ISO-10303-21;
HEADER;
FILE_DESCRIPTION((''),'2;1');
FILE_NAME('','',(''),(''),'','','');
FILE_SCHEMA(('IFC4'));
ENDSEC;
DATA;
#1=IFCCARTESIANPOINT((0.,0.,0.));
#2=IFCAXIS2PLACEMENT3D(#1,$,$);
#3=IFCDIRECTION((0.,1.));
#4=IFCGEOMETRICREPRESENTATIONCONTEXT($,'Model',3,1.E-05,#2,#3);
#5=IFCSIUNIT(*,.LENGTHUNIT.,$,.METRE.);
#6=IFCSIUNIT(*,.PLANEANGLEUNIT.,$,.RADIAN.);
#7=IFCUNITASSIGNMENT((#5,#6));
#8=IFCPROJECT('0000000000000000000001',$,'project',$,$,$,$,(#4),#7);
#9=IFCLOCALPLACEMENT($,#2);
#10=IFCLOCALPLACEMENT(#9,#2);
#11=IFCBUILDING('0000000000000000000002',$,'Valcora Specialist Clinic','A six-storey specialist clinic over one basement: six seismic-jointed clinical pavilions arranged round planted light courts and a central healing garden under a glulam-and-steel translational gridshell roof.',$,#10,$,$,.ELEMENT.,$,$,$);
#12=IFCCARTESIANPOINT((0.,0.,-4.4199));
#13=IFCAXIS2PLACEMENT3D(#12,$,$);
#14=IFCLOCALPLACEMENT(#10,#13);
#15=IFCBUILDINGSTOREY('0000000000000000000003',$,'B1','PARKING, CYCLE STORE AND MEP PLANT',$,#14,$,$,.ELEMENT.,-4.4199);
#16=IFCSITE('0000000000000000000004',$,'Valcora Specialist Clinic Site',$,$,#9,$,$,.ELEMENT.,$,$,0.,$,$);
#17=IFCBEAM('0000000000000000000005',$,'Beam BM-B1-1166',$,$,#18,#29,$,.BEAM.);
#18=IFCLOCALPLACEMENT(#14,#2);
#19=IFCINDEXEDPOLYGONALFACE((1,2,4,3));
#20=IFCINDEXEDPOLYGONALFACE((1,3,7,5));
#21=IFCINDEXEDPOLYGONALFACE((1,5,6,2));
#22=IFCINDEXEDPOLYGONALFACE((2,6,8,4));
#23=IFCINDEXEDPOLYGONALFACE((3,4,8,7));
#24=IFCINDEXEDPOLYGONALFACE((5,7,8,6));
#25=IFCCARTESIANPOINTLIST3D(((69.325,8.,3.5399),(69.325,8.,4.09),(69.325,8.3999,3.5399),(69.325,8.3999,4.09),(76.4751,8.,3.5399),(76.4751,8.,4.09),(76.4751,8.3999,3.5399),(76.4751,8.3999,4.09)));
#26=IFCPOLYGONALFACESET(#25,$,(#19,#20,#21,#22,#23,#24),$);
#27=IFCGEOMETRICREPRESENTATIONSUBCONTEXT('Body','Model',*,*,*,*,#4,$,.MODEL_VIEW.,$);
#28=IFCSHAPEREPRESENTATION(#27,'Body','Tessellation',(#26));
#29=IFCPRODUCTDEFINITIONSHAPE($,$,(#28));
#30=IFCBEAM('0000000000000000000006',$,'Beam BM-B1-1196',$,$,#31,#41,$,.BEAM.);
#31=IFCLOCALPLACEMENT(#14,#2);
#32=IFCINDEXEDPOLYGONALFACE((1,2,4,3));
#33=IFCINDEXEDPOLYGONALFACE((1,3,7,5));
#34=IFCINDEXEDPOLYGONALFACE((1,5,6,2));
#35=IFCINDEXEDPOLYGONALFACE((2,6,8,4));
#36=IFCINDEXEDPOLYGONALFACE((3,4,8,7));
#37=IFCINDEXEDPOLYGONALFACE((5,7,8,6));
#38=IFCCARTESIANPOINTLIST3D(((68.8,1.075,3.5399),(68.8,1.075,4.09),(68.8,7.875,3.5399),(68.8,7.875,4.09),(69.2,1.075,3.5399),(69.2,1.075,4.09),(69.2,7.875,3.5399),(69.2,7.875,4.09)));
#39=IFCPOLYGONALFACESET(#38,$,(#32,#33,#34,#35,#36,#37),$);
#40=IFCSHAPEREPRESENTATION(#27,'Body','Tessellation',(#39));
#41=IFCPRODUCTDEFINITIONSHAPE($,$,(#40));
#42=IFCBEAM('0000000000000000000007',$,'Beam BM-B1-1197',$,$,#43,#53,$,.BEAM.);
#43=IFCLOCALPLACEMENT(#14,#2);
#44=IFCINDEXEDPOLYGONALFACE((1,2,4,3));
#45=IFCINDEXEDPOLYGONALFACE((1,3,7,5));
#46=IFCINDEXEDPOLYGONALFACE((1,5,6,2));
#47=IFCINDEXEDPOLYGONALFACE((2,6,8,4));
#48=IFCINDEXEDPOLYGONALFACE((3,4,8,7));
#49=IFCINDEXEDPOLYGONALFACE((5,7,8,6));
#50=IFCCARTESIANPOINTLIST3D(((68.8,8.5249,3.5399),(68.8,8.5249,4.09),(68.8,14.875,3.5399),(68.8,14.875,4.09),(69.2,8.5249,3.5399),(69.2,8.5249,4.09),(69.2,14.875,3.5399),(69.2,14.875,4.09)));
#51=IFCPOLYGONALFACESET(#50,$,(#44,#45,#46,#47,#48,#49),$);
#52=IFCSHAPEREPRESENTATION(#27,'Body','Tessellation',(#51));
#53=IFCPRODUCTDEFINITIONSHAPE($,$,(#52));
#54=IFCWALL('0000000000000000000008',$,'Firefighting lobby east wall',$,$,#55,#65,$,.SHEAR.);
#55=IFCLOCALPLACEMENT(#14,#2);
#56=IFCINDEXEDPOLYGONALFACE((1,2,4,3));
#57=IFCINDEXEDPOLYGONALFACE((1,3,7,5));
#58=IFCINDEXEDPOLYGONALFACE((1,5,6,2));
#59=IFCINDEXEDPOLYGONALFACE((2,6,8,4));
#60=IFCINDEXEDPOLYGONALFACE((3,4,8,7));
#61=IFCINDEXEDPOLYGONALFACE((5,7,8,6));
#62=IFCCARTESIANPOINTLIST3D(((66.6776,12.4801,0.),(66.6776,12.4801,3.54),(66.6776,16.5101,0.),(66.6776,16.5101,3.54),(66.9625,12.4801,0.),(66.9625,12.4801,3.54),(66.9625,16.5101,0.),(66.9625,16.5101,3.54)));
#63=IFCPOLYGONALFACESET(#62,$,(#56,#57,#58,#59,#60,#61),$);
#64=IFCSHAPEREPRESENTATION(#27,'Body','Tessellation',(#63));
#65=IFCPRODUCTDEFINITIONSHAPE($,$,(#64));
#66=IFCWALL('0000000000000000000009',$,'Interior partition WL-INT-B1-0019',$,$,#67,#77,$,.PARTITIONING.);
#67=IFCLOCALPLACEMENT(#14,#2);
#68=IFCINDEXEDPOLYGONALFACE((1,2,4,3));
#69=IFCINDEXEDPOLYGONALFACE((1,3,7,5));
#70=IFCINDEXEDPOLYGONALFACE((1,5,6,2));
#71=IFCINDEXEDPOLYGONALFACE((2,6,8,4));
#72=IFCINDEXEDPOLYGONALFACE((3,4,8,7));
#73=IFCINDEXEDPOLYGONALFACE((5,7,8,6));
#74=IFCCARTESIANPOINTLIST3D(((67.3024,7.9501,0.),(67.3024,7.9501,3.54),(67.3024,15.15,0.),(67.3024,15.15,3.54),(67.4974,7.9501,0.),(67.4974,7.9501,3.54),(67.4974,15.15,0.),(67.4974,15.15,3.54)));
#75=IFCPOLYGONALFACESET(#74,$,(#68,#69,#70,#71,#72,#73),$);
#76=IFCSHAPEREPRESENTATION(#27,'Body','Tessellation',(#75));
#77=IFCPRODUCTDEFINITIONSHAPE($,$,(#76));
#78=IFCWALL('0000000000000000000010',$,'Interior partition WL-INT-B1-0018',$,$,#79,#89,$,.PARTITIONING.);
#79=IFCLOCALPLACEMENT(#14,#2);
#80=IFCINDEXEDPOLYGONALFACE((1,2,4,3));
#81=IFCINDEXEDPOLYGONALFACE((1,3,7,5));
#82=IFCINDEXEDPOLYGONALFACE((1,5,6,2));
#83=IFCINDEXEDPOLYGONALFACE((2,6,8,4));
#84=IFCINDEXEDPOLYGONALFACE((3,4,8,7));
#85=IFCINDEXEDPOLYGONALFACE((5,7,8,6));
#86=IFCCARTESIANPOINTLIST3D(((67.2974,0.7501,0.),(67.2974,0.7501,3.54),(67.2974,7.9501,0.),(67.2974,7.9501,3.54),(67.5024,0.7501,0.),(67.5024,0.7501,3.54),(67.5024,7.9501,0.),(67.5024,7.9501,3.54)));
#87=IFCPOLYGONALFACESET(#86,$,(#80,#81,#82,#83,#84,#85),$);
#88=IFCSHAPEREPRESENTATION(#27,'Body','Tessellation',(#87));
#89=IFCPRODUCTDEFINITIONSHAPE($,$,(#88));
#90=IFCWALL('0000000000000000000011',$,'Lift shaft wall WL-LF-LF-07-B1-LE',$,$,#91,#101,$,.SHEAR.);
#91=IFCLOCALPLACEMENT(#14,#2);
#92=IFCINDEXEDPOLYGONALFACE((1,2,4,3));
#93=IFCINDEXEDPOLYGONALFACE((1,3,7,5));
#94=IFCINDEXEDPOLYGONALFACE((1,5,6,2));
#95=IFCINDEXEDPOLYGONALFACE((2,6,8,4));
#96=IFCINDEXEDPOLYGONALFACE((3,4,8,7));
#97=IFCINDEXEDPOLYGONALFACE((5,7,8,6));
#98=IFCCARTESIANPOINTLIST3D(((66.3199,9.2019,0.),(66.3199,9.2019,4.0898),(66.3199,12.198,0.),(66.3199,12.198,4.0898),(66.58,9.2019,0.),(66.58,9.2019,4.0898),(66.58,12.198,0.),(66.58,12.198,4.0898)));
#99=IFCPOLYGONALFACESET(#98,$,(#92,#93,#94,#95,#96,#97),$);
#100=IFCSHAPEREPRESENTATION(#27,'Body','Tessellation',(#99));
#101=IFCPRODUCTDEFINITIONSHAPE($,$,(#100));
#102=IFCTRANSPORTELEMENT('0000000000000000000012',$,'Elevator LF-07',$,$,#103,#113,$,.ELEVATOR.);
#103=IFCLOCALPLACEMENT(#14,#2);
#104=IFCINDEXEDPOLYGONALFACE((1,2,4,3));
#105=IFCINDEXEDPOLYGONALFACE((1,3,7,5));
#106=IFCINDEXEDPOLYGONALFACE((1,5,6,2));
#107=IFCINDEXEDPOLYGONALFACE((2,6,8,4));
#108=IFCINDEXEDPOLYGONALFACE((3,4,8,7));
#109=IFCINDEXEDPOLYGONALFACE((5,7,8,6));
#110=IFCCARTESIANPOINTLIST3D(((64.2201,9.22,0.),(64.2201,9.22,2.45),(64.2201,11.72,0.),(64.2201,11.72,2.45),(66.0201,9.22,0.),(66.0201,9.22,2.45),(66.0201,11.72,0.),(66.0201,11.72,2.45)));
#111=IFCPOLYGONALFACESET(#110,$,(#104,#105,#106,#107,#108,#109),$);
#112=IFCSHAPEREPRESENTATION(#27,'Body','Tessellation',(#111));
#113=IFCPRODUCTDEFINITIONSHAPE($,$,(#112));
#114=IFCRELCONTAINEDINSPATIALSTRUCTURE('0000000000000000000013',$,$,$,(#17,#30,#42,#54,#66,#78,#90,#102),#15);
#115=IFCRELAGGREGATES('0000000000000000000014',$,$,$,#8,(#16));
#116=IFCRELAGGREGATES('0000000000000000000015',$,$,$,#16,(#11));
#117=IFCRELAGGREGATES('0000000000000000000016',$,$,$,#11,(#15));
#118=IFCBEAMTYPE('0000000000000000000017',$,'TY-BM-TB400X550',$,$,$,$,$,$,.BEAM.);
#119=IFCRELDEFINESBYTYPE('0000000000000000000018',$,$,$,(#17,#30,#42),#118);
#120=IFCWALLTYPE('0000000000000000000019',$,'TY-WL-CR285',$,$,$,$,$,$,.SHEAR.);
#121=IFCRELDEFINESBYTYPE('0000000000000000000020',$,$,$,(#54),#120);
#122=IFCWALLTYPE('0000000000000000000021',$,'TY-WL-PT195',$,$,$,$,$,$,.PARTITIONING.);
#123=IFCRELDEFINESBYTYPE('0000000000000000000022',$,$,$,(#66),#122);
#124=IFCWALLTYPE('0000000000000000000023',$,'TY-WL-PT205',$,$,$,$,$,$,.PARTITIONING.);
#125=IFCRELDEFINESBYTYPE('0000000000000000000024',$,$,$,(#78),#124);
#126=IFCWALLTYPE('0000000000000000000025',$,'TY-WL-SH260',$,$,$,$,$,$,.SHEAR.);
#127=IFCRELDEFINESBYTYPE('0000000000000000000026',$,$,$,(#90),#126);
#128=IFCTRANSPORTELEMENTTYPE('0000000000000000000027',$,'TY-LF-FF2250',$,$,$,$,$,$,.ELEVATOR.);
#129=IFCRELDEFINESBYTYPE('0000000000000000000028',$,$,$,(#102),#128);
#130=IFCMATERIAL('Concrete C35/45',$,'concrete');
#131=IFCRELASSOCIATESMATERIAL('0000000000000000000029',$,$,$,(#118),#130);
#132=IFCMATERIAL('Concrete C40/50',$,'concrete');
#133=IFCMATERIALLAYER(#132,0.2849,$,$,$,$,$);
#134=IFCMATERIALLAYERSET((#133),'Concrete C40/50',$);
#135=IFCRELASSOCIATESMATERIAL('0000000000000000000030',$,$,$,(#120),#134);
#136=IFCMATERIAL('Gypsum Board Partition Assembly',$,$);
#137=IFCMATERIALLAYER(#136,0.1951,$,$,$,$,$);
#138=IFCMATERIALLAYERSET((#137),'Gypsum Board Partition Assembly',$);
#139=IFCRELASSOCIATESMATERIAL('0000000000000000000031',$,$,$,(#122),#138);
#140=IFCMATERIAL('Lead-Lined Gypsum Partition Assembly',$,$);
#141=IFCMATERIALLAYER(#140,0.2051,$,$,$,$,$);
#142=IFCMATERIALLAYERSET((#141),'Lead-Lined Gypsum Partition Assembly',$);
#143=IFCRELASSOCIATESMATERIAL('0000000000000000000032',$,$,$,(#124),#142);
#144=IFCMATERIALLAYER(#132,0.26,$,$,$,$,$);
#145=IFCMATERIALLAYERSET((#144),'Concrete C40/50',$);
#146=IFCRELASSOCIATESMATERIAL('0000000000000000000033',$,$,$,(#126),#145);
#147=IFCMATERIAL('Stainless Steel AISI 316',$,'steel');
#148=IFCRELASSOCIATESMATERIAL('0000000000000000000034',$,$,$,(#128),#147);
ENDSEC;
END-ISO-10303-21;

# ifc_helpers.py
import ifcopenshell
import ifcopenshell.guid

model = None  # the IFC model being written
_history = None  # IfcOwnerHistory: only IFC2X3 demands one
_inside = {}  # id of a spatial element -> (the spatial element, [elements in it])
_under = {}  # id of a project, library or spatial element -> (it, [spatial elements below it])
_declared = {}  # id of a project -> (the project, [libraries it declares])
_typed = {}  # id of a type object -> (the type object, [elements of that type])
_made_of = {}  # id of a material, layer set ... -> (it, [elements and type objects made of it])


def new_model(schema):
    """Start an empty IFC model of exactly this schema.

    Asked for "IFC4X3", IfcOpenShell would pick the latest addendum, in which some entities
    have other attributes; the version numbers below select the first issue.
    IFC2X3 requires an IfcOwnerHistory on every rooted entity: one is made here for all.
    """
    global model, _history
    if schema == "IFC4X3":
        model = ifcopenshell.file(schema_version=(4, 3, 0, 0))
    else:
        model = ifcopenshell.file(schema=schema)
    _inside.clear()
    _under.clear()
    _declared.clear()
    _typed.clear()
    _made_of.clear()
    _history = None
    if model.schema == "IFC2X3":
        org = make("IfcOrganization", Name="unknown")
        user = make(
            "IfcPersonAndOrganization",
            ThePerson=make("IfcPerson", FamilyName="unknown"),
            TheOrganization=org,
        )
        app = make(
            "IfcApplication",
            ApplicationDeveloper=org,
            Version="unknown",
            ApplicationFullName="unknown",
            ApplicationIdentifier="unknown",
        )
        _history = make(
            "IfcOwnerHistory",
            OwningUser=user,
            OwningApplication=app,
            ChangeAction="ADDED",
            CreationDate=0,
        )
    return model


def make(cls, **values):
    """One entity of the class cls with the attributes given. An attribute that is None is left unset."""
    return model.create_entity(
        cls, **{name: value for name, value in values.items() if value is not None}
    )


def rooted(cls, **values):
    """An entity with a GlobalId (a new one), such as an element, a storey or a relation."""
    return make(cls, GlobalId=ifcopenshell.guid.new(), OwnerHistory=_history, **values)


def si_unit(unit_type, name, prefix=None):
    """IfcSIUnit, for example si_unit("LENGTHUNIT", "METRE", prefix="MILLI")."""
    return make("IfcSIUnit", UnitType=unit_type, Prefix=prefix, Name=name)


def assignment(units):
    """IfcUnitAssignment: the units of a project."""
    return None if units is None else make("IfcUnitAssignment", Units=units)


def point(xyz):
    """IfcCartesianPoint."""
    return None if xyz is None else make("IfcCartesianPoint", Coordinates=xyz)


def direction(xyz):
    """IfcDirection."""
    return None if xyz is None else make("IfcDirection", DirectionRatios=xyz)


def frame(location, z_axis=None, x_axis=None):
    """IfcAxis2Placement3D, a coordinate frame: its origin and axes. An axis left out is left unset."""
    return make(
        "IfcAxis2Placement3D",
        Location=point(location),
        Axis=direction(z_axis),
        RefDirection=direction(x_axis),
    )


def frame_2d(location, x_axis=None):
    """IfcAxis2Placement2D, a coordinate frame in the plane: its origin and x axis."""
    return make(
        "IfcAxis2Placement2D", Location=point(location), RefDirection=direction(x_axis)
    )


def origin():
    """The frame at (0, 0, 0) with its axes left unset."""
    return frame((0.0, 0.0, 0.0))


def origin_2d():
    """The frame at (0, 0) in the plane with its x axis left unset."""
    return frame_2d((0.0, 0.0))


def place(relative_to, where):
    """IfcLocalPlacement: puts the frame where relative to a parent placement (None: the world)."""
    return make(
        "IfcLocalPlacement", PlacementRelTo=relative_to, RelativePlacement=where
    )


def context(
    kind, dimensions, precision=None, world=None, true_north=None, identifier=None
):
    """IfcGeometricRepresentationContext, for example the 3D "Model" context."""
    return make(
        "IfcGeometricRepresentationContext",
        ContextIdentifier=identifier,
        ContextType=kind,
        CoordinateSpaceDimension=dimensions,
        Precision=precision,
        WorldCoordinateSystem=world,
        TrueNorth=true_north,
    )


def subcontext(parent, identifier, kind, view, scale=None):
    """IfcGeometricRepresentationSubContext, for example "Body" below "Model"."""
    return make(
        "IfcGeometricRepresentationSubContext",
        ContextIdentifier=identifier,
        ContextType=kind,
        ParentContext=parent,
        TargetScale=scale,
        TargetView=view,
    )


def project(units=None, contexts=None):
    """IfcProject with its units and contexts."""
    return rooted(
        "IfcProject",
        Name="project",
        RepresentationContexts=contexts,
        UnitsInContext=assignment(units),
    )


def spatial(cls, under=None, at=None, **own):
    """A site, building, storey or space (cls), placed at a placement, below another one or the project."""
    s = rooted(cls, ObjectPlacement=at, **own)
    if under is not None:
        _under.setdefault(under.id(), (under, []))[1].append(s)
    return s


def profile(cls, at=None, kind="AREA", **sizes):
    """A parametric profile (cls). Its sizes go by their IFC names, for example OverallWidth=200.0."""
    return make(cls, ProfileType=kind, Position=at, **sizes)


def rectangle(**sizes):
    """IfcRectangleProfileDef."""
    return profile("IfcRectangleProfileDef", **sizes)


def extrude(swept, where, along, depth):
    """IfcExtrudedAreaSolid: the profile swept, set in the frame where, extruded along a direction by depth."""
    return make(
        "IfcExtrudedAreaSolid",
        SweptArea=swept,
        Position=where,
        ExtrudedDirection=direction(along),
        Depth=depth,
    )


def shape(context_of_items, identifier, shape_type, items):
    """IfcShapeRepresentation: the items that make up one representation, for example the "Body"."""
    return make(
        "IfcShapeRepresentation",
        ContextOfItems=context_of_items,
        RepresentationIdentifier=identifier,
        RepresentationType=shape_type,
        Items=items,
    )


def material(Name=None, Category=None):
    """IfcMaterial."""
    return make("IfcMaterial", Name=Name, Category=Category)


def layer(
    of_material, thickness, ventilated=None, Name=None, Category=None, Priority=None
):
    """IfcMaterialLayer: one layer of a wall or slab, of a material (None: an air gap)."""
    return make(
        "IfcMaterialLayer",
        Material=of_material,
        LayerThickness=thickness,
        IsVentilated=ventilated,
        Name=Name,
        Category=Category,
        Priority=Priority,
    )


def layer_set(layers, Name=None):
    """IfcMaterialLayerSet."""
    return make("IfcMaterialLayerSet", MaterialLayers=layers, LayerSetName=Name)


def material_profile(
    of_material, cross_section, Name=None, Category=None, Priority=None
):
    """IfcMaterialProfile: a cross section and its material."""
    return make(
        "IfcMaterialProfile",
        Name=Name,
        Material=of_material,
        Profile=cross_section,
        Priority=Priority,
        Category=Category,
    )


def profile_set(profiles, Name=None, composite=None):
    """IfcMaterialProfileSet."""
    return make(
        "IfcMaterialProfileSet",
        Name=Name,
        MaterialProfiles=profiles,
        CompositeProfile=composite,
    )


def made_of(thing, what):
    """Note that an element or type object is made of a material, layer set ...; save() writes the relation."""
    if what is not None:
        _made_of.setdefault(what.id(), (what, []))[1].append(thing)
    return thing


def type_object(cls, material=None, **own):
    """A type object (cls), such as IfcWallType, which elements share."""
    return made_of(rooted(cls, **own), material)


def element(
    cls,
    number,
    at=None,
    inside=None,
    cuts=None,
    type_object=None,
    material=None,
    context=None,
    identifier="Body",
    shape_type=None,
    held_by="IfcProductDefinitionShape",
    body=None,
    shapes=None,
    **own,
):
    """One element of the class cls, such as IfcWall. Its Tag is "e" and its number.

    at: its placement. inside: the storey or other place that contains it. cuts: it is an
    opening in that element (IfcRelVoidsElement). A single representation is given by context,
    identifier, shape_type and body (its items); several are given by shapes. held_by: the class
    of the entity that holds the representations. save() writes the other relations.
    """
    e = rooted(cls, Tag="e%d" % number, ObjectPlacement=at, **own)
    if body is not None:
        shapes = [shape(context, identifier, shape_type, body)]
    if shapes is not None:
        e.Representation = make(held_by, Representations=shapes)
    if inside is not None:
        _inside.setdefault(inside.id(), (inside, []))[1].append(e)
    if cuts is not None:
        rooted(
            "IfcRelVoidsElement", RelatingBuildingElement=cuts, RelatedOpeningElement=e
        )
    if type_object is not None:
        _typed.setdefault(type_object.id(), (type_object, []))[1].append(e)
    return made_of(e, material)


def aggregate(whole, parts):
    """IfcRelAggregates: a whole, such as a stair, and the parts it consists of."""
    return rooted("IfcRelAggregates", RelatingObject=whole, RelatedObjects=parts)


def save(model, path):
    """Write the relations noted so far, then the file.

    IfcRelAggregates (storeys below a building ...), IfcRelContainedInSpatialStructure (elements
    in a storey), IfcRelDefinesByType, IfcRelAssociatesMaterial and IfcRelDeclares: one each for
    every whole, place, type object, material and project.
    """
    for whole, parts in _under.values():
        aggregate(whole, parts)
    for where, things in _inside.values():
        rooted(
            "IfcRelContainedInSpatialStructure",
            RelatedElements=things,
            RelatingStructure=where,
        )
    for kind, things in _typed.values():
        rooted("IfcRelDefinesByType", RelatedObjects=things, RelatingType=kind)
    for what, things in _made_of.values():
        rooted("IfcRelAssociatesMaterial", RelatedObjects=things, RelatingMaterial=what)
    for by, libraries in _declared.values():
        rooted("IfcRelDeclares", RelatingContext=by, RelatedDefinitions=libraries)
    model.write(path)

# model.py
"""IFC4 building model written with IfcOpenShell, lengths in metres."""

from ifc_helpers import new_model, si_unit, direction, frame, frame_2d, origin, origin_2d, place, context, subcontext, project, spatial, rectangle, extrude, material, layer, layer_set, material_profile, profile_set, type_object, element, save


model = new_model("IFC4")

# Units and contexts
model_context = context("Model", 3, precision=1e-05, world=origin(), true_north=direction((0.0, 1.0)))
body_context = subcontext(model_context, "Body", "Model", "MODEL_VIEW")
ifc_project = project(units=[si_unit("LENGTHUNIT", "METRE"), si_unit("PLANEANGLEUNIT", "RADIAN")], contexts=[model_context])

# Site, building, storey
site_placement = place(None, origin())
site = spatial("IfcSite", under=ifc_project, at=site_placement, Name="Valcora Specialist Clinic Site", CompositionType="ELEMENT", RefElevation=0.0)
building_placement = place(site_placement, origin())
building = spatial("IfcBuilding", under=site, at=building_placement, Name="Valcora Specialist Clinic", Description="A six-storey specialist clinic over one basement: six seismic-jointed clinical pavilions arranged round planted light courts and a central healing garden under a glulam-and-steel translational gridshell roof.", CompositionType="ELEMENT")
storey_placement = place(building_placement, frame((0.0, 0.0, -4.4199)))
storey = spatial("IfcBuildingStorey", under=building, at=storey_placement, Name="B1", Description="PARKING, CYCLE STORE AND MEP PLANT", CompositionType="ELEMENT", Elevation=-4.4199)

# Shared definitions
ifc_material_1 = material(Name="Concrete C35/45", Category="concrete")

# Shared definitions
ifc_material_2 = material(Name="Concrete C40/50", Category="concrete")

# Beams
ifc_material_profile_1 = material_profile(ifc_material_1, rectangle(XDim=0.3999, YDim=0.55, at=origin_2d()), Name="RC-TB-400X550")
ifc_profile_set_1 = profile_set([ifc_material_profile_1], Name="Concrete C35/45")
beam_type = type_object("IfcBeamType", Name="TY-BM-TB400X550", PredefinedType="BEAM", material=ifc_profile_set_1)
beam_1_placement = place(storey_placement, frame((69.325, 8.2, 3.8149), z_axis=(1.0, 0.0, 0.0), x_axis=(0.0, 1.0, 0.0)))
element("IfcBeam", 1, at=beam_1_placement, inside=storey, type_object=beam_type, Name="Beam BM-B1-1166", PredefinedType="BEAM", context=body_context, shape_type="SweptSolid", body=[
    extrude(rectangle(XDim=0.3999, YDim=0.55, at=origin_2d()), origin(), (0.0, 0.0, 1.0), 7.1501),
])
beam_2_placement = place(storey_placement, frame((69.0, 1.075, 3.8149), z_axis=(0.0, 1.0, 0.0), x_axis=(-1.0, 0.0, 0.0)))
element("IfcBeam", 2, at=beam_2_placement, inside=storey, type_object=beam_type, Name="Beam BM-B1-1196", PredefinedType="BEAM", context=body_context, shape_type="SweptSolid", body=[
    extrude(rectangle(XDim=0.3999, YDim=0.55, at=origin_2d()), origin(), (0.0, 0.0, 1.0), 6.8),
])
beam_3_placement = place(storey_placement, frame((69.0, 8.5249, 3.8149), z_axis=(0.0, 1.0, 0.0), x_axis=(-1.0, 0.0, 0.0)))
element("IfcBeam", 3, at=beam_3_placement, inside=storey, type_object=beam_type, Name="Beam BM-B1-1197", PredefinedType="BEAM", context=body_context, shape_type="SweptSolid", body=[
    extrude(rectangle(XDim=0.3999, YDim=0.55, at=origin_2d()), origin(), (0.0, 0.0, 1.0), 6.3501),
])

# Walls
ifc_layer_1 = layer(ifc_material_2, 0.2849)
ifc_layer_set_1 = layer_set([ifc_layer_1], Name="Concrete C40/50")
wall_type_1 = type_object("IfcWallType", Name="TY-WL-CR285", PredefinedType="SHEAR", material=ifc_layer_set_1)
wall_1_placement = place(storey_placement, frame((66.8201, 12.48, 0.0), z_axis=(0.0, 0.0, 1.0), x_axis=(0.0, 1.0, 0.0)))
element("IfcWall", 4, at=wall_1_placement, inside=storey, type_object=wall_type_1, Name="Firefighting lobby east wall", PredefinedType="SHEAR", context=body_context, shape_type="SweptSolid", body=[
    extrude(rectangle(XDim=4.03, YDim=0.2849, at=frame_2d((2.0151, 0.0))), origin(), (0.0, 0.0, 1.0), 3.54),
])
ifc_material_3 = material(Name="Gypsum Board Partition Assembly")
ifc_layer_2 = layer(ifc_material_3, 0.1951)
ifc_layer_set_2 = layer_set([ifc_layer_2], Name="Gypsum Board Partition Assembly")
wall_type_2 = type_object("IfcWallType", Name="TY-WL-PT195", PredefinedType="PARTITIONING", material=ifc_layer_set_2)
wall_2_placement = place(storey_placement, frame((67.3999, 7.95, 0.0), z_axis=(0.0, 0.0, 1.0), x_axis=(0.0, 1.0, 0.0)))
element("IfcWall", 5, at=wall_2_placement, inside=storey, type_object=wall_type_2, Name="Interior partition WL-INT-B1-0019", PredefinedType="PARTITIONING", context=body_context, shape_type="SweptSolid", body=[
    extrude(rectangle(XDim=7.2, YDim=0.1951, at=frame_2d((3.6001, 0.0))), origin(), (0.0, 0.0, 1.0), 3.54),
])
ifc_material_4 = material(Name="Lead-Lined Gypsum Partition Assembly")
ifc_layer_3 = layer(ifc_material_4, 0.2051)
ifc_layer_set_3 = layer_set([ifc_layer_3], Name="Lead-Lined Gypsum Partition Assembly")
wall_type_3 = type_object("IfcWallType", Name="TY-WL-PT205", PredefinedType="PARTITIONING", material=ifc_layer_set_3)
wall_3_placement = place(storey_placement, frame((67.3999, 0.75, 0.0), z_axis=(0.0, 0.0, 1.0), x_axis=(0.0, 1.0, 0.0)))
element("IfcWall", 6, at=wall_3_placement, inside=storey, type_object=wall_type_3, Name="Interior partition WL-INT-B1-0018", PredefinedType="PARTITIONING", context=body_context, shape_type="SweptSolid", body=[
    extrude(rectangle(XDim=7.2, YDim=0.2051, at=frame_2d((3.6001, 0.0))), origin(), (0.0, 0.0, 1.0), 3.54),
])
ifc_layer_4 = layer(ifc_material_2, 0.26)
ifc_layer_set_4 = layer_set([ifc_layer_4], Name="Concrete C40/50")
wall_type_4 = type_object("IfcWallType", Name="TY-WL-SH260", PredefinedType="SHEAR", material=ifc_layer_set_4)
wall_4_placement = place(storey_placement, frame((66.45, 9.2019, 0.0), z_axis=(0.0, 0.0, 1.0), x_axis=(0.0, 1.0, 0.0)))
element("IfcWall", 7, at=wall_4_placement, inside=storey, type_object=wall_type_4, Name="Lift shaft wall WL-LF-LF-07-B1-LE", PredefinedType="SHEAR", context=body_context, shape_type="SweptSolid", body=[
    extrude(rectangle(XDim=2.9961, YDim=0.26, at=frame_2d((1.498, 0.0))), origin(), (0.0, 0.0, 1.0), 4.0898),
])

# Transport element
ifc_material_5 = material(Name="Stainless Steel AISI 316", Category="steel")
transport_element_type = type_object("IfcTransportElementType", Name="TY-LF-FF2250", PredefinedType="ELEVATOR", material=ifc_material_5)
transport_element_placement = place(storey_placement, frame((65.1201, 10.47, 0.0), z_axis=(0.0, 0.0, 1.0), x_axis=(1.0, 0.0, 0.0)))
element("IfcTransportElement", 8, at=transport_element_placement, inside=storey, type_object=transport_element_type, Name="Elevator LF-07", PredefinedType="ELEVATOR", context=body_context, shape_type="SweptSolid", body=[
    extrude(rectangle(XDim=1.8, YDim=2.5, at=origin_2d()), origin(), (0.0, 0.0, 1.0), 2.45),
])

save(model, "model.ifc")
